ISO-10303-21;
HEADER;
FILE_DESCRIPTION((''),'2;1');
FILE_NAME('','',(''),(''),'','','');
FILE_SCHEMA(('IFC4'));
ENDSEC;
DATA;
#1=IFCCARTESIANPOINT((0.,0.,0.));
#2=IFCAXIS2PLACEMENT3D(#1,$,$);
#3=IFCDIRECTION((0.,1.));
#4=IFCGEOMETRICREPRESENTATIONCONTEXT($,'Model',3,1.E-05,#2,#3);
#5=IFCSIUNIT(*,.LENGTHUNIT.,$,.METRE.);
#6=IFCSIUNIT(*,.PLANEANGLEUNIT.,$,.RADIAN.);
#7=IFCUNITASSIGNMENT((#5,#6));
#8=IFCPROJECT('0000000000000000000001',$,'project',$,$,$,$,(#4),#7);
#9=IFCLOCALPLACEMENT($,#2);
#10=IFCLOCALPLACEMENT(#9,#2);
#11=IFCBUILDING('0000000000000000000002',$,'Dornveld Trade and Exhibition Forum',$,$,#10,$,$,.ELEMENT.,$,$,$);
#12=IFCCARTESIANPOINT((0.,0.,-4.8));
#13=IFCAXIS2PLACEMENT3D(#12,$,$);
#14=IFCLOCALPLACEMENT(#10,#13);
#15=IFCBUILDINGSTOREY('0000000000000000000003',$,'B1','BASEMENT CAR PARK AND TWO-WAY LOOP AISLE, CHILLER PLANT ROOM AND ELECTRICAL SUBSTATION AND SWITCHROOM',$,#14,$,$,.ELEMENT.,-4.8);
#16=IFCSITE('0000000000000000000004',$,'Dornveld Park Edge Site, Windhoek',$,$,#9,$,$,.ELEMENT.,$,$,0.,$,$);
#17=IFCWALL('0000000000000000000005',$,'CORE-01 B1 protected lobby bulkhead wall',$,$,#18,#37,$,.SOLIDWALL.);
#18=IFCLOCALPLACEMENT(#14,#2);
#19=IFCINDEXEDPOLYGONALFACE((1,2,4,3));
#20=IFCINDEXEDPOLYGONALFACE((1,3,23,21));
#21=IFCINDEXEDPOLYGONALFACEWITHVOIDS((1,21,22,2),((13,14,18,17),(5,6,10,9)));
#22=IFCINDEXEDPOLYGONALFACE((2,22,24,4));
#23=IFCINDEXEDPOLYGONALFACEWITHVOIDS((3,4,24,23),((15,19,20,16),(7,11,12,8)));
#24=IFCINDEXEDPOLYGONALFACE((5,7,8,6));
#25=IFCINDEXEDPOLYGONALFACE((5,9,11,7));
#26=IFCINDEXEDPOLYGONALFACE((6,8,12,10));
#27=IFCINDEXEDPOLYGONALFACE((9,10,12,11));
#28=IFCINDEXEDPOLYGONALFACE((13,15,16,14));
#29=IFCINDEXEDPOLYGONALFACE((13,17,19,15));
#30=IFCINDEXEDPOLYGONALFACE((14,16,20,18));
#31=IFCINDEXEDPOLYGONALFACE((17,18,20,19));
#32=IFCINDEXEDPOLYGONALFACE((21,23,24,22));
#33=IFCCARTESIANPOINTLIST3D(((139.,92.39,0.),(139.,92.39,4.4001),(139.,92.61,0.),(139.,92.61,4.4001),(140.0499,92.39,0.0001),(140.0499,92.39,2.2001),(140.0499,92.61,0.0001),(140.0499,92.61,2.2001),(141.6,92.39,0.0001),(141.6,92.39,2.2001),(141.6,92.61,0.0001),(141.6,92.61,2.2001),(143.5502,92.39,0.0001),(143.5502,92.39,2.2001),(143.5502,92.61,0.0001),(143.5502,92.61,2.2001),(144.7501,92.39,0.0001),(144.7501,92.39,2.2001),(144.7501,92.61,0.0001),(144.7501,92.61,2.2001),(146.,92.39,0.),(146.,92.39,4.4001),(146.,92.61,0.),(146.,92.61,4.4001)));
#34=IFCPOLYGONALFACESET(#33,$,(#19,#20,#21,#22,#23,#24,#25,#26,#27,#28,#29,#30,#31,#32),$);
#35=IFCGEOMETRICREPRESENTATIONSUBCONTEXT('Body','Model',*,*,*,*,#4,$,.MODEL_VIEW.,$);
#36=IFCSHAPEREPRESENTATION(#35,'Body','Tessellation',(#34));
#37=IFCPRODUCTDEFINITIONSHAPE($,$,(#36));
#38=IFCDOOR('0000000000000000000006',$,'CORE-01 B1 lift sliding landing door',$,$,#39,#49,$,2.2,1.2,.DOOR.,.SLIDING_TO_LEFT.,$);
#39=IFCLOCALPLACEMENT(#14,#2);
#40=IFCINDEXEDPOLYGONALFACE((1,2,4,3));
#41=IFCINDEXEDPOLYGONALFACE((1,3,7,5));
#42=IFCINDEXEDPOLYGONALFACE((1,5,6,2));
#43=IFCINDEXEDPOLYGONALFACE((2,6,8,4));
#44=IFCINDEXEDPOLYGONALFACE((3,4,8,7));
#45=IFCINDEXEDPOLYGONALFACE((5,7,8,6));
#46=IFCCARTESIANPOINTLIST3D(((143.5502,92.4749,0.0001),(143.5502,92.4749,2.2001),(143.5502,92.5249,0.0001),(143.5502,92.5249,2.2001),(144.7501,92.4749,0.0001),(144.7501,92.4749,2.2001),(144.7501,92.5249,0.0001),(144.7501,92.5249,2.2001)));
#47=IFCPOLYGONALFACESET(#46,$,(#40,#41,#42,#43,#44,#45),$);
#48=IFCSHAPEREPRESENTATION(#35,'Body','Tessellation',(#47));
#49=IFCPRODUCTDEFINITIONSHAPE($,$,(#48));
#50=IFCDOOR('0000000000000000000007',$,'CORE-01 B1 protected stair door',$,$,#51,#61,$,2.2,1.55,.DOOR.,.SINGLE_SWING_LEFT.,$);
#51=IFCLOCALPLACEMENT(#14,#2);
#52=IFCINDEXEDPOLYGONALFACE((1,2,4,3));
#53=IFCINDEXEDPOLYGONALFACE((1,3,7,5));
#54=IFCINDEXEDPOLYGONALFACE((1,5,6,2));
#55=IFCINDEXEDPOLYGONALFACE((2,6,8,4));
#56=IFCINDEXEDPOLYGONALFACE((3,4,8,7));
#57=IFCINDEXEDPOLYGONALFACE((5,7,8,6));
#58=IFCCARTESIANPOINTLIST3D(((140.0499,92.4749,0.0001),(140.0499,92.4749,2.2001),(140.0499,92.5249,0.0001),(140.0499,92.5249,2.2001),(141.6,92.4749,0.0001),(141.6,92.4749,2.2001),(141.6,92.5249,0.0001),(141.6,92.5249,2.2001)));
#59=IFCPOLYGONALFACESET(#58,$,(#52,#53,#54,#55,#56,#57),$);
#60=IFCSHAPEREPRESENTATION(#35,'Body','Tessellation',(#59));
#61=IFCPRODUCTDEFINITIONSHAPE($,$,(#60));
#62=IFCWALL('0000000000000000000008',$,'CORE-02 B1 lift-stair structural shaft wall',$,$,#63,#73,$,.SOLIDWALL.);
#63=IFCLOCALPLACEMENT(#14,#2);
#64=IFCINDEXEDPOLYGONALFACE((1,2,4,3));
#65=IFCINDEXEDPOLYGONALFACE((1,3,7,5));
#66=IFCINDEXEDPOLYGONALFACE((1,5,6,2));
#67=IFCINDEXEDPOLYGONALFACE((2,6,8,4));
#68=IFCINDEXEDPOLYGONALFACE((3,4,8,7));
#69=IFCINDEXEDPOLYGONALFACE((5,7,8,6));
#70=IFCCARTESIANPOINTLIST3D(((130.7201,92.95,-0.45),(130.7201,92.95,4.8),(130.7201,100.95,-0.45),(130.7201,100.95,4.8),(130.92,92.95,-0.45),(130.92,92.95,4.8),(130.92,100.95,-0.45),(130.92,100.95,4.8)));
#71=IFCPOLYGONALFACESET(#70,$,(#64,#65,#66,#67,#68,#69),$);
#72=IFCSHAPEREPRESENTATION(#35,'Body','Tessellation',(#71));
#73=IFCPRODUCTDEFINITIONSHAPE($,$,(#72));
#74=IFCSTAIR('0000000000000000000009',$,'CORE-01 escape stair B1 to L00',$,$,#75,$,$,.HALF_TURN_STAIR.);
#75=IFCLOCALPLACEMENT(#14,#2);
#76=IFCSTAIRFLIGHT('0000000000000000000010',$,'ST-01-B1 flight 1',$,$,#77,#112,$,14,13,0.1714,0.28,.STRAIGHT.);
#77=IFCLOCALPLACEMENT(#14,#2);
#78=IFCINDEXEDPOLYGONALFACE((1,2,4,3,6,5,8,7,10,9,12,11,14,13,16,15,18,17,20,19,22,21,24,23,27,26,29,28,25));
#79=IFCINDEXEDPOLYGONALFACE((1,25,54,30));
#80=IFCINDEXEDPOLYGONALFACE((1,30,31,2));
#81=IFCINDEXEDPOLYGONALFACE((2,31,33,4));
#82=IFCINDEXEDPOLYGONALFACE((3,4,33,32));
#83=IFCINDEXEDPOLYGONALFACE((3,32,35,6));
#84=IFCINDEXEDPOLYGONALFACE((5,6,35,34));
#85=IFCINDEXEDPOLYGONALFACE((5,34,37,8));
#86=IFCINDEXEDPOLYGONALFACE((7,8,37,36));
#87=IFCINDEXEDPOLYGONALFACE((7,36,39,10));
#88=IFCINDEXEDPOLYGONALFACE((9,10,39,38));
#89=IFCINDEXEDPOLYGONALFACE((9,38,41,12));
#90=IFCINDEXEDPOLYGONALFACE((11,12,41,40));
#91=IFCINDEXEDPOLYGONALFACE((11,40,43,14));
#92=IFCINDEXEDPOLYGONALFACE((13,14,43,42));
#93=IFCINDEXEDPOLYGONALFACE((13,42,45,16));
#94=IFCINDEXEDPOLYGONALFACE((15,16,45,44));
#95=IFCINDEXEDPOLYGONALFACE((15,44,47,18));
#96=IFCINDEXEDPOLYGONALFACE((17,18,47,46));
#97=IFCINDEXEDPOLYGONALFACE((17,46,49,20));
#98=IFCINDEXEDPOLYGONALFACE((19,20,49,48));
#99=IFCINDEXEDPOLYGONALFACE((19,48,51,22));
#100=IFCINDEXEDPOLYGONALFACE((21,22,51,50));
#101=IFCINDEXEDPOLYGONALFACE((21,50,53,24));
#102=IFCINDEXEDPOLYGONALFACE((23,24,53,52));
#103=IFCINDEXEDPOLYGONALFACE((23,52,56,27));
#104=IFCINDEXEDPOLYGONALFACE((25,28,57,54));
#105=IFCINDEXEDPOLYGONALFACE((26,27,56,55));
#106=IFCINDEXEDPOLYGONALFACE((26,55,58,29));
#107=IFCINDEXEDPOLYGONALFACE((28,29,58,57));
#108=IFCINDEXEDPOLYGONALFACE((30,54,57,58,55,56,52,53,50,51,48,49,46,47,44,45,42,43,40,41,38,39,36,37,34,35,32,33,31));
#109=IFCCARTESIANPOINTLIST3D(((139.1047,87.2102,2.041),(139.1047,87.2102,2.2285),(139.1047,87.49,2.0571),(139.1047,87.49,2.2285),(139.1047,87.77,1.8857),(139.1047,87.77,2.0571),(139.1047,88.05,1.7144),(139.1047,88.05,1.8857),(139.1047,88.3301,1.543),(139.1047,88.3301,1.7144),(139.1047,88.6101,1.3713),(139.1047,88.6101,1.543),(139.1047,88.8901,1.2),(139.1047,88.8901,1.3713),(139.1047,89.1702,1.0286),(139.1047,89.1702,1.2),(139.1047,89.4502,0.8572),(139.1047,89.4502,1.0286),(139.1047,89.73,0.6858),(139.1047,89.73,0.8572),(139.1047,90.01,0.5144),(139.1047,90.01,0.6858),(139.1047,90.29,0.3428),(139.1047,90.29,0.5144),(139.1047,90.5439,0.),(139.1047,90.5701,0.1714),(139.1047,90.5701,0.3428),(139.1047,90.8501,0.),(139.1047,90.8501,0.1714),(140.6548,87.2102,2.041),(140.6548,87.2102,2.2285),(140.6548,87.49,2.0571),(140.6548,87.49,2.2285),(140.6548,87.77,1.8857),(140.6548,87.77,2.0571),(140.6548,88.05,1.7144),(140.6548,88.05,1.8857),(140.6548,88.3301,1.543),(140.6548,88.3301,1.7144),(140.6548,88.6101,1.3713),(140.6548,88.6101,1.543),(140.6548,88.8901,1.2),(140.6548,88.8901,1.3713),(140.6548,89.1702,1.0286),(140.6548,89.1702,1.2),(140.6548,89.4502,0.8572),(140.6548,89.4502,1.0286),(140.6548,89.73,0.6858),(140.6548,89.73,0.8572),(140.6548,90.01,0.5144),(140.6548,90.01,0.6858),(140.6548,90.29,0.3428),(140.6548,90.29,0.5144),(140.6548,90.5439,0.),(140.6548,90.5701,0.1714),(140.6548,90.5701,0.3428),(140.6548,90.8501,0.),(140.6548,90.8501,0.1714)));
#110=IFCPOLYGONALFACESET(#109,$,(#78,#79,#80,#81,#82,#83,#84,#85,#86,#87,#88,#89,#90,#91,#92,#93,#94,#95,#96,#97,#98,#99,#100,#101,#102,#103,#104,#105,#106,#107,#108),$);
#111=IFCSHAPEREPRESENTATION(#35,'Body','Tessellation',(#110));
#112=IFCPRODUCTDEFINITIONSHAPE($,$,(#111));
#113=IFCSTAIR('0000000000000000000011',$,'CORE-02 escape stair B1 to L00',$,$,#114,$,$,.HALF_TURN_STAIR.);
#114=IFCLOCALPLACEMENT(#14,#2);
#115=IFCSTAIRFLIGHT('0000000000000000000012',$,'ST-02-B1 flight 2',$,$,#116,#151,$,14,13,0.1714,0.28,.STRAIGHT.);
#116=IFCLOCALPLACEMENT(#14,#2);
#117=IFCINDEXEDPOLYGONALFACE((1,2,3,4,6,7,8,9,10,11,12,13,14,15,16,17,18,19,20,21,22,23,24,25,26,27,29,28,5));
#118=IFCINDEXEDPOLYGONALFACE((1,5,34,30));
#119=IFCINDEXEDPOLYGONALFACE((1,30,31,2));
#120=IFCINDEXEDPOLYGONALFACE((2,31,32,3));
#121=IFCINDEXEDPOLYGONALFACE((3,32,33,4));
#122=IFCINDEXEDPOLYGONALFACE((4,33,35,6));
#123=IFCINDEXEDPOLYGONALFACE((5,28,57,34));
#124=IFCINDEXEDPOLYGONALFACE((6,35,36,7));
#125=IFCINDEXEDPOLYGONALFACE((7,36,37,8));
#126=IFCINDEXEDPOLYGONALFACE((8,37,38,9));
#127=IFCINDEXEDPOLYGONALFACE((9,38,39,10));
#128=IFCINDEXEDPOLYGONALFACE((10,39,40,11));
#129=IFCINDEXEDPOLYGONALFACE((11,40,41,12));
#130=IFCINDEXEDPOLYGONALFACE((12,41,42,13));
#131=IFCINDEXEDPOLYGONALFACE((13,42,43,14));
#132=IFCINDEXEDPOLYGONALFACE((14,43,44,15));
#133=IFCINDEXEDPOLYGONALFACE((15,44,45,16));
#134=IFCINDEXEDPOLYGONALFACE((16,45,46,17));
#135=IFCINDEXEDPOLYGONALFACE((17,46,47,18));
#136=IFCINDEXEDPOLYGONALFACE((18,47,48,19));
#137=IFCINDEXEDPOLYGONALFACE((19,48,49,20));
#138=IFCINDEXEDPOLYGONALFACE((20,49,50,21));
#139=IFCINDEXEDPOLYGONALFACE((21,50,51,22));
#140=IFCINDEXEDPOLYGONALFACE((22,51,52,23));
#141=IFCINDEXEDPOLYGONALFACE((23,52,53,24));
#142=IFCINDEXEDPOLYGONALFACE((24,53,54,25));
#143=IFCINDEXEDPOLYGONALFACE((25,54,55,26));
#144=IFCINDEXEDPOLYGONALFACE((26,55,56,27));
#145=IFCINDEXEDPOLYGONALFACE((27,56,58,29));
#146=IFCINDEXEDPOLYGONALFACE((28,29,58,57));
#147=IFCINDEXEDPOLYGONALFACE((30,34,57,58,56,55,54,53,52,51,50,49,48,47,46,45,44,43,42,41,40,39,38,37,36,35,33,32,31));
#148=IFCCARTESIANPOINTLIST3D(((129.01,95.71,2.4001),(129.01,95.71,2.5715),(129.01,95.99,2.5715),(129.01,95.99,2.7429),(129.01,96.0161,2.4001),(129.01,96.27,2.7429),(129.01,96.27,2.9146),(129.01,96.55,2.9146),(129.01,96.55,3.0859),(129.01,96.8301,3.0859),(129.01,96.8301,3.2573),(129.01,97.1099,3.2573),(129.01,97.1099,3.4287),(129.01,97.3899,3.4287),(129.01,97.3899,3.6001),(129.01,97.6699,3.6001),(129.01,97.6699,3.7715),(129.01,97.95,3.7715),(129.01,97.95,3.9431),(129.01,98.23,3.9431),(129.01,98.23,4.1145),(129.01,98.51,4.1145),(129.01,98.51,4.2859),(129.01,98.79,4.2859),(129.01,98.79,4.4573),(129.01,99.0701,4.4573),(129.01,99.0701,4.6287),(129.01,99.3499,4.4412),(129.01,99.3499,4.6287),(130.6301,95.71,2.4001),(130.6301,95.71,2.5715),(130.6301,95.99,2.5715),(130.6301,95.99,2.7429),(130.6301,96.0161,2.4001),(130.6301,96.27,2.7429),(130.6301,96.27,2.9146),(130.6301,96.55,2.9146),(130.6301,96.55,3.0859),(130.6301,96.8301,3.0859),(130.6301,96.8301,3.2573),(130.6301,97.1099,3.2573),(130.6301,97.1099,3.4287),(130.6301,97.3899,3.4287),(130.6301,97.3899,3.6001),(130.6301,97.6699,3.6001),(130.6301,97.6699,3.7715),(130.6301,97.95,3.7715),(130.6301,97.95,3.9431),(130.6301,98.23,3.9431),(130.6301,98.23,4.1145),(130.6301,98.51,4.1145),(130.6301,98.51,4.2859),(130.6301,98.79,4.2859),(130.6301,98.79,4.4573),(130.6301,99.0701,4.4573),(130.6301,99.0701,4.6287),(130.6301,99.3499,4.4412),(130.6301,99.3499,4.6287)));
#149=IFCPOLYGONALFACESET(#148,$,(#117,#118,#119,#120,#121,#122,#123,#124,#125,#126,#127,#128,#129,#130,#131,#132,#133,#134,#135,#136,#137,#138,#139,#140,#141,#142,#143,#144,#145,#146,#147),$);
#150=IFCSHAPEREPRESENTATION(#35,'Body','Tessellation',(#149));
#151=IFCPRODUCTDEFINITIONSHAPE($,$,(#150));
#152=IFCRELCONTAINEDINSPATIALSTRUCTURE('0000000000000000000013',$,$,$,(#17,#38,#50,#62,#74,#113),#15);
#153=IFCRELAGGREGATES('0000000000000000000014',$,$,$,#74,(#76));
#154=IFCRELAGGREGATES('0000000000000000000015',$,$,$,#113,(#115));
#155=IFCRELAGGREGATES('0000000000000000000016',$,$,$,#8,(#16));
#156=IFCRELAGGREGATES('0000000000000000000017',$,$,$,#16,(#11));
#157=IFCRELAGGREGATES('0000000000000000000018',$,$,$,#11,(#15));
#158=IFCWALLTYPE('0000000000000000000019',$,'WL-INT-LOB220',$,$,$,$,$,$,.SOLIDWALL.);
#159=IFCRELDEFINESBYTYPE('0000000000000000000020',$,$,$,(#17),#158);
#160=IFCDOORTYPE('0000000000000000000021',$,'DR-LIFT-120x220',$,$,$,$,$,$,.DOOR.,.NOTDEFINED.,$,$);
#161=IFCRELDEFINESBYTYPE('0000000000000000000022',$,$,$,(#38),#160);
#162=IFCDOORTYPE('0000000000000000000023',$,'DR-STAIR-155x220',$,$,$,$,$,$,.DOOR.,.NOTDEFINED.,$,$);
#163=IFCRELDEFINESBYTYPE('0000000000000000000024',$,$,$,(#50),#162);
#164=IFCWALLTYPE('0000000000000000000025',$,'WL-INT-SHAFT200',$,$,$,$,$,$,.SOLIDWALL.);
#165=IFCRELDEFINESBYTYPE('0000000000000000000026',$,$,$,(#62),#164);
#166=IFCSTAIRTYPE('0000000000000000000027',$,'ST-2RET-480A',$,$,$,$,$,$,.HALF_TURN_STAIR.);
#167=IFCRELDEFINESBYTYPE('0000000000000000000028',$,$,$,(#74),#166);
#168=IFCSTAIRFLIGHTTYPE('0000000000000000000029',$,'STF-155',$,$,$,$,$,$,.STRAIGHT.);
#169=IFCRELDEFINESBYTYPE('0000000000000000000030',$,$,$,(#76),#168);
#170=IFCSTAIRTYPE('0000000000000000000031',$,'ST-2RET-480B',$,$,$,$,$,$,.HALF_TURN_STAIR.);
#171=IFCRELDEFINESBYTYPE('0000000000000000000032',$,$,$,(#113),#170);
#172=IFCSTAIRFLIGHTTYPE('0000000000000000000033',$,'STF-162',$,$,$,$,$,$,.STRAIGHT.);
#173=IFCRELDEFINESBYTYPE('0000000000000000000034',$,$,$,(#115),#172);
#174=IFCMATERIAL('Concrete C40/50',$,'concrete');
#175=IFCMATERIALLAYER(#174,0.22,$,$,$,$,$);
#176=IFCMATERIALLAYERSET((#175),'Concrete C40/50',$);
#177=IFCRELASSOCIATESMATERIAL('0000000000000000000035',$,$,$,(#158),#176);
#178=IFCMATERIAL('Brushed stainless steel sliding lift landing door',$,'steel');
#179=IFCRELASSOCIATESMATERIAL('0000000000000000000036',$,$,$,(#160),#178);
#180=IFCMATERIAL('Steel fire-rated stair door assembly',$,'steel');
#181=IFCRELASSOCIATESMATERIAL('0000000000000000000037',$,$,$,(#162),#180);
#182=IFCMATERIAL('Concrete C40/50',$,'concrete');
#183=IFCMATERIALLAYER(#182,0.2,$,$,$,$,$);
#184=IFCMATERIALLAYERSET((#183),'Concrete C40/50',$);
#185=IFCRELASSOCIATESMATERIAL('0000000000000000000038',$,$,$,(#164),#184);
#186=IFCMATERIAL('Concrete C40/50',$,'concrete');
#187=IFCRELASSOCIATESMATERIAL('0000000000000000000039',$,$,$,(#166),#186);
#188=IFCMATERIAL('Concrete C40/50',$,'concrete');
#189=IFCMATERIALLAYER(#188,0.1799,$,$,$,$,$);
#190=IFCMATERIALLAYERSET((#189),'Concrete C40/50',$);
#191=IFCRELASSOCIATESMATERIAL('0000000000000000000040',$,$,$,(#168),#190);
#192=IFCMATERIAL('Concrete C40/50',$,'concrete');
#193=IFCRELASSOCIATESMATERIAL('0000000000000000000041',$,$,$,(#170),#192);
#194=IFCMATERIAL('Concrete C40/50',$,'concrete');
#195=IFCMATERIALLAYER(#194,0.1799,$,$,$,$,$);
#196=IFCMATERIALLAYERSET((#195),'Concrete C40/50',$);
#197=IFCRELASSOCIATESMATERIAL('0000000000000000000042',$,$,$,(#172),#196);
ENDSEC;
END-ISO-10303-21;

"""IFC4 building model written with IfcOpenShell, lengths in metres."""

from ifc_helpers import new_model, si_unit, direction, frame, frame_2d, origin, place, context, subcontext, project, spatial, polyline, rectangle, outline, extrude, material, layer, layer_set, type_object, element, fill, aggregate, save


model = new_model("IFC4")

# Units and contexts
model_context = context("Model", 3, precision=1e-05, world=origin(), true_north=direction((0.0, 1.0)))
body_context = subcontext(model_context, "Body", "Model", "MODEL_VIEW")
ifc_project = project(units=[si_unit("LENGTHUNIT", "METRE"), si_unit("PLANEANGLEUNIT", "RADIAN")], contexts=[model_context])

# Site, building, storey
site_placement = place(None, origin())
site = spatial("IfcSite", under=ifc_project, at=site_placement, Name="Dornveld Park Edge Site, Windhoek", CompositionType="ELEMENT", RefElevation=0.0)
building_placement = place(site_placement, origin())
building = spatial("IfcBuilding", under=site, at=building_placement, Name="Dornveld Trade and Exhibition Forum", CompositionType="ELEMENT")
storey_placement = place(building_placement, frame((0.0, 0.0, -4.8)))
storey = spatial("IfcBuildingStorey", under=building, at=storey_placement, Name="B1", Description="BASEMENT CAR PARK AND TWO-WAY LOOP AISLE, CHILLER PLANT ROOM AND ELECTRICAL SUBSTATION AND SWITCHROOM", CompositionType="ELEMENT", Elevation=-4.8)

# Wall, openings, doors
ifc_material_1 = material(Name="Concrete C40/50", Category="concrete")
ifc_layer_1 = layer(ifc_material_1, 0.22)
ifc_layer_set_1 = layer_set([ifc_layer_1], Name="Concrete C40/50")
wall_type_1 = type_object("IfcWallType", Name="WL-INT-LOB220", PredefinedType="SOLIDWALL", material=ifc_layer_set_1)
wall_1_placement = place(storey_placement, frame((139.0, 92.5, 0.0), z_axis=(0.0, 0.0, 1.0), x_axis=(1.0, 0.0, 0.0)))
wall_1 = element("IfcWall", 1, at=wall_1_placement, inside=storey, type_object=wall_type_1, Name="CORE-01 B1 protected lobby bulkhead wall", PredefinedType="SOLIDWALL", context=body_context, shape_type="SweptSolid", body=[
    extrude(rectangle(XDim=7.0, YDim=0.22, at=frame_2d((3.5, 0.0))), origin(), (0.0, 0.0, 1.0), 4.4001),
])
opening_1_placement = place(wall_1_placement, frame((1.05, 0.0, 0.0)))
opening_1 = element("IfcOpeningElement", 2, at=opening_1_placement, cuts=wall_1, PredefinedType="OPENING", context=body_context, shape_type="SweptSolid", body=[
    extrude(rectangle(XDim=1.55, YDim=2.2, at=frame_2d((0.7749, 1.1001))), frame((0.0, 0.1199, 0.0), z_axis=(0.0, -1.0, 0.0), x_axis=(1.0, 0.0, 0.0)), (0.0, 0.0, 1.0), 0.24),
])
opening_2_placement = place(wall_1_placement, frame((4.55, 0.0, 0.0)))
opening_2 = element("IfcOpeningElement", 3, at=opening_2_placement, cuts=wall_1, PredefinedType="OPENING", context=body_context, shape_type="SweptSolid", body=[
    extrude(rectangle(XDim=1.2, YDim=2.2, at=frame_2d((0.6001, 1.1001))), frame((0.0, 0.1199, 0.0), z_axis=(0.0, -1.0, 0.0), x_axis=(1.0, 0.0, 0.0)), (0.0, 0.0, 1.0), 0.24),
])
ifc_material_2 = material(Name="Brushed stainless steel sliding lift landing door", Category="steel")
door_type_1 = type_object("IfcDoorType", Name="DR-LIFT-120x220", OperationType="NOTDEFINED", PredefinedType="DOOR", material=ifc_material_2)
door_1_placement = place(opening_2_placement, origin())
door_1 = element("IfcDoor", 4, at=door_1_placement, inside=storey, type_object=door_type_1, Name="CORE-01 B1 lift sliding landing door", OperationType="SLIDING_TO_LEFT", OverallHeight=2.2, OverallWidth=1.2, PredefinedType="DOOR", context=body_context, shape_type="SweptSolid", body=[
    extrude(rectangle(XDim=1.2, YDim=2.2, at=frame_2d((0.6001, 1.1001))), frame((0.0, 0.0249, 0.0), z_axis=(0.0, -1.0, 0.0), x_axis=(1.0, 0.0, 0.0)), (0.0, 0.0, 1.0), 0.05),
])
fill(opening_2, door_1)
ifc_material_3 = material(Name="Steel fire-rated stair door assembly", Category="steel")
door_type_2 = type_object("IfcDoorType", Name="DR-STAIR-155x220", OperationType="NOTDEFINED", PredefinedType="DOOR", material=ifc_material_3)
door_2_placement = place(opening_1_placement, origin())
door_2 = element("IfcDoor", 5, at=door_2_placement, inside=storey, type_object=door_type_2, Name="CORE-01 B1 protected stair door", OperationType="SINGLE_SWING_LEFT", OverallHeight=2.2, OverallWidth=1.55, PredefinedType="DOOR", context=body_context, shape_type="SweptSolid", body=[
    extrude(rectangle(XDim=1.55, YDim=2.2, at=frame_2d((0.7749, 1.1001))), frame((0.0, 0.0249, 0.0), z_axis=(0.0, -1.0, 0.0), x_axis=(1.0, 0.0, 0.0)), (0.0, 0.0, 1.0), 0.05),
])
fill(opening_1, door_2)

# Wall
ifc_material_4 = material(Name="Concrete C40/50", Category="concrete")
ifc_layer_2 = layer(ifc_material_4, 0.2)
ifc_layer_set_2 = layer_set([ifc_layer_2], Name="Concrete C40/50")
wall_type_2 = type_object("IfcWallType", Name="WL-INT-SHAFT200", PredefinedType="SOLIDWALL", material=ifc_layer_set_2)
wall_2_placement = place(storey_placement, frame((130.8201, 92.95, -0.45), z_axis=(0.0, 0.0, 1.0), x_axis=(0.0, 1.0, 0.0)))
element("IfcWall", 6, at=wall_2_placement, inside=storey, type_object=wall_type_2, Name="CORE-02 B1 lift-stair structural shaft wall", PredefinedType="SOLIDWALL", context=body_context, shape_type="SweptSolid", body=[
    extrude(rectangle(XDim=8.0, YDim=0.2, at=frame_2d((4.0, 0.0))), origin(), (0.0, 0.0, 1.0), 5.25),
])

# Stairs, stair flights
ifc_material_5 = material(Name="Concrete C40/50", Category="concrete")
stair_type_1 = type_object("IfcStairType", Name="ST-2RET-480A", PredefinedType="HALF_TURN_STAIR", material=ifc_material_5)
stair_1_placement = place(storey_placement, origin())
stair_1 = element("IfcStair", 7, at=stair_1_placement, inside=storey, type_object=stair_type_1, Name="CORE-01 escape stair B1 to L00", PredefinedType="HALF_TURN_STAIR")
ifc_material_6 = material(Name="Concrete C40/50", Category="concrete")
ifc_layer_3 = layer(ifc_material_6, 0.1799)
ifc_layer_set_3 = layer_set([ifc_layer_3], Name="Concrete C40/50")
stair_flight_type_1 = type_object("IfcStairFlightType", Name="STF-155", PredefinedType="STRAIGHT", material=ifc_layer_set_3)
stair_flight_1_placement = place(storey_placement, frame((139.8799, 90.8501, 0.0), z_axis=(0.0, 0.0, 1.0), x_axis=(0.0, -1.0, 0.0)))
stair_flight_1 = element("IfcStairFlight", 8, at=stair_flight_1_placement, type_object=stair_flight_type_1, Name="ST-01-B1 flight 1", NumberOfRisers=14, NumberOfTreads=13, PredefinedType="STRAIGHT", RiserHeight=0.1714, TreadLength=0.28, context=body_context, shape_type="SweptSolid", body=[
    extrude(outline(polyline([(0.0, 0.0), (0.0, 0.1714), (0.28, 0.1714), (0.28, 0.3428), (0.5601, 0.3428), (0.5601, 0.5144), (0.8401, 0.5144), (0.8401, 0.6858), (1.1201, 0.6858), (1.1201, 0.8572), (1.3999, 0.8572), (1.3999, 1.0286), (1.6799, 1.0286), (1.6799, 1.2), (1.96, 1.2), (1.96, 1.3713), (2.24, 1.3713), (2.24, 1.543), (2.52, 1.543), (2.52, 1.7144), (2.8, 1.7144), (2.8, 1.8857), (3.0801, 1.8857), (3.0801, 2.0571), (3.3601, 2.0571), (3.3601, 2.2285), (3.6399, 2.2285), (3.6399, 2.3999), (3.6399, 2.041), (0.3062, 0.0), (0.0, 0.0)])), frame((0.0, 0.7749, 0.0), z_axis=(0.0, -1.0, 0.0), x_axis=(1.0, 0.0, 0.0)), (0.0, 0.0, 1.0), 1.55),
])
aggregate(stair_1, [stair_flight_1])
ifc_material_7 = material(Name="Concrete C40/50", Category="concrete")
stair_type_2 = type_object("IfcStairType", Name="ST-2RET-480B", PredefinedType="HALF_TURN_STAIR", material=ifc_material_7)
stair_2_placement = place(storey_placement, origin())
stair_2 = element("IfcStair", 9, at=stair_2_placement, inside=storey, type_object=stair_type_2, Name="CORE-02 escape stair B1 to L00", PredefinedType="HALF_TURN_STAIR")
ifc_material_8 = material(Name="Concrete C40/50", Category="concrete")
ifc_layer_4 = layer(ifc_material_8, 0.1799)
ifc_layer_set_4 = layer_set([ifc_layer_4], Name="Concrete C40/50")
stair_flight_type_2 = type_object("IfcStairFlightType", Name="STF-162", PredefinedType="STRAIGHT", material=ifc_layer_set_4)
stair_flight_2_placement = place(storey_placement, frame((129.8201, 95.71, 2.4001), z_axis=(0.0, 0.0, 1.0), x_axis=(0.0, 1.0, 0.0)))
stair_flight_2 = element("IfcStairFlight", 10, at=stair_flight_2_placement, type_object=stair_flight_type_2, Name="ST-02-B1 flight 2", NumberOfRisers=14, NumberOfTreads=13, PredefinedType="STRAIGHT", RiserHeight=0.1714, TreadLength=0.28, context=body_context, shape_type="SweptSolid", body=[
    extrude(outline(polyline([(0.0, 0.0), (0.0, 0.1714), (0.28, 0.1714), (0.28, 0.3428), (0.5601, 0.3428), (0.5601, 0.5144), (0.8401, 0.5144), (0.8401, 0.6858), (1.1201, 0.6858), (1.1201, 0.8572), (1.3999, 0.8572), (1.3999, 1.0286), (1.6799, 1.0286), (1.6799, 1.2), (1.96, 1.2), (1.96, 1.3713), (2.24, 1.3713), (2.24, 1.543), (2.52, 1.543), (2.52, 1.7144), (2.8, 1.7144), (2.8, 1.8857), (3.0801, 1.8857), (3.0801, 2.0571), (3.3601, 2.0571), (3.3601, 2.2285), (3.6399, 2.2285), (3.6399, 2.3999), (3.6399, 2.041), (0.3062, 0.0), (0.0, 0.0)])), frame((0.0, 0.8101, 0.0), z_axis=(0.0, -1.0, 0.0), x_axis=(1.0, 0.0, 0.0)), (0.0, 0.0, 1.0), 1.6201),
])
aggregate(stair_2, [stair_flight_2])

save(model, "model.ifc")
